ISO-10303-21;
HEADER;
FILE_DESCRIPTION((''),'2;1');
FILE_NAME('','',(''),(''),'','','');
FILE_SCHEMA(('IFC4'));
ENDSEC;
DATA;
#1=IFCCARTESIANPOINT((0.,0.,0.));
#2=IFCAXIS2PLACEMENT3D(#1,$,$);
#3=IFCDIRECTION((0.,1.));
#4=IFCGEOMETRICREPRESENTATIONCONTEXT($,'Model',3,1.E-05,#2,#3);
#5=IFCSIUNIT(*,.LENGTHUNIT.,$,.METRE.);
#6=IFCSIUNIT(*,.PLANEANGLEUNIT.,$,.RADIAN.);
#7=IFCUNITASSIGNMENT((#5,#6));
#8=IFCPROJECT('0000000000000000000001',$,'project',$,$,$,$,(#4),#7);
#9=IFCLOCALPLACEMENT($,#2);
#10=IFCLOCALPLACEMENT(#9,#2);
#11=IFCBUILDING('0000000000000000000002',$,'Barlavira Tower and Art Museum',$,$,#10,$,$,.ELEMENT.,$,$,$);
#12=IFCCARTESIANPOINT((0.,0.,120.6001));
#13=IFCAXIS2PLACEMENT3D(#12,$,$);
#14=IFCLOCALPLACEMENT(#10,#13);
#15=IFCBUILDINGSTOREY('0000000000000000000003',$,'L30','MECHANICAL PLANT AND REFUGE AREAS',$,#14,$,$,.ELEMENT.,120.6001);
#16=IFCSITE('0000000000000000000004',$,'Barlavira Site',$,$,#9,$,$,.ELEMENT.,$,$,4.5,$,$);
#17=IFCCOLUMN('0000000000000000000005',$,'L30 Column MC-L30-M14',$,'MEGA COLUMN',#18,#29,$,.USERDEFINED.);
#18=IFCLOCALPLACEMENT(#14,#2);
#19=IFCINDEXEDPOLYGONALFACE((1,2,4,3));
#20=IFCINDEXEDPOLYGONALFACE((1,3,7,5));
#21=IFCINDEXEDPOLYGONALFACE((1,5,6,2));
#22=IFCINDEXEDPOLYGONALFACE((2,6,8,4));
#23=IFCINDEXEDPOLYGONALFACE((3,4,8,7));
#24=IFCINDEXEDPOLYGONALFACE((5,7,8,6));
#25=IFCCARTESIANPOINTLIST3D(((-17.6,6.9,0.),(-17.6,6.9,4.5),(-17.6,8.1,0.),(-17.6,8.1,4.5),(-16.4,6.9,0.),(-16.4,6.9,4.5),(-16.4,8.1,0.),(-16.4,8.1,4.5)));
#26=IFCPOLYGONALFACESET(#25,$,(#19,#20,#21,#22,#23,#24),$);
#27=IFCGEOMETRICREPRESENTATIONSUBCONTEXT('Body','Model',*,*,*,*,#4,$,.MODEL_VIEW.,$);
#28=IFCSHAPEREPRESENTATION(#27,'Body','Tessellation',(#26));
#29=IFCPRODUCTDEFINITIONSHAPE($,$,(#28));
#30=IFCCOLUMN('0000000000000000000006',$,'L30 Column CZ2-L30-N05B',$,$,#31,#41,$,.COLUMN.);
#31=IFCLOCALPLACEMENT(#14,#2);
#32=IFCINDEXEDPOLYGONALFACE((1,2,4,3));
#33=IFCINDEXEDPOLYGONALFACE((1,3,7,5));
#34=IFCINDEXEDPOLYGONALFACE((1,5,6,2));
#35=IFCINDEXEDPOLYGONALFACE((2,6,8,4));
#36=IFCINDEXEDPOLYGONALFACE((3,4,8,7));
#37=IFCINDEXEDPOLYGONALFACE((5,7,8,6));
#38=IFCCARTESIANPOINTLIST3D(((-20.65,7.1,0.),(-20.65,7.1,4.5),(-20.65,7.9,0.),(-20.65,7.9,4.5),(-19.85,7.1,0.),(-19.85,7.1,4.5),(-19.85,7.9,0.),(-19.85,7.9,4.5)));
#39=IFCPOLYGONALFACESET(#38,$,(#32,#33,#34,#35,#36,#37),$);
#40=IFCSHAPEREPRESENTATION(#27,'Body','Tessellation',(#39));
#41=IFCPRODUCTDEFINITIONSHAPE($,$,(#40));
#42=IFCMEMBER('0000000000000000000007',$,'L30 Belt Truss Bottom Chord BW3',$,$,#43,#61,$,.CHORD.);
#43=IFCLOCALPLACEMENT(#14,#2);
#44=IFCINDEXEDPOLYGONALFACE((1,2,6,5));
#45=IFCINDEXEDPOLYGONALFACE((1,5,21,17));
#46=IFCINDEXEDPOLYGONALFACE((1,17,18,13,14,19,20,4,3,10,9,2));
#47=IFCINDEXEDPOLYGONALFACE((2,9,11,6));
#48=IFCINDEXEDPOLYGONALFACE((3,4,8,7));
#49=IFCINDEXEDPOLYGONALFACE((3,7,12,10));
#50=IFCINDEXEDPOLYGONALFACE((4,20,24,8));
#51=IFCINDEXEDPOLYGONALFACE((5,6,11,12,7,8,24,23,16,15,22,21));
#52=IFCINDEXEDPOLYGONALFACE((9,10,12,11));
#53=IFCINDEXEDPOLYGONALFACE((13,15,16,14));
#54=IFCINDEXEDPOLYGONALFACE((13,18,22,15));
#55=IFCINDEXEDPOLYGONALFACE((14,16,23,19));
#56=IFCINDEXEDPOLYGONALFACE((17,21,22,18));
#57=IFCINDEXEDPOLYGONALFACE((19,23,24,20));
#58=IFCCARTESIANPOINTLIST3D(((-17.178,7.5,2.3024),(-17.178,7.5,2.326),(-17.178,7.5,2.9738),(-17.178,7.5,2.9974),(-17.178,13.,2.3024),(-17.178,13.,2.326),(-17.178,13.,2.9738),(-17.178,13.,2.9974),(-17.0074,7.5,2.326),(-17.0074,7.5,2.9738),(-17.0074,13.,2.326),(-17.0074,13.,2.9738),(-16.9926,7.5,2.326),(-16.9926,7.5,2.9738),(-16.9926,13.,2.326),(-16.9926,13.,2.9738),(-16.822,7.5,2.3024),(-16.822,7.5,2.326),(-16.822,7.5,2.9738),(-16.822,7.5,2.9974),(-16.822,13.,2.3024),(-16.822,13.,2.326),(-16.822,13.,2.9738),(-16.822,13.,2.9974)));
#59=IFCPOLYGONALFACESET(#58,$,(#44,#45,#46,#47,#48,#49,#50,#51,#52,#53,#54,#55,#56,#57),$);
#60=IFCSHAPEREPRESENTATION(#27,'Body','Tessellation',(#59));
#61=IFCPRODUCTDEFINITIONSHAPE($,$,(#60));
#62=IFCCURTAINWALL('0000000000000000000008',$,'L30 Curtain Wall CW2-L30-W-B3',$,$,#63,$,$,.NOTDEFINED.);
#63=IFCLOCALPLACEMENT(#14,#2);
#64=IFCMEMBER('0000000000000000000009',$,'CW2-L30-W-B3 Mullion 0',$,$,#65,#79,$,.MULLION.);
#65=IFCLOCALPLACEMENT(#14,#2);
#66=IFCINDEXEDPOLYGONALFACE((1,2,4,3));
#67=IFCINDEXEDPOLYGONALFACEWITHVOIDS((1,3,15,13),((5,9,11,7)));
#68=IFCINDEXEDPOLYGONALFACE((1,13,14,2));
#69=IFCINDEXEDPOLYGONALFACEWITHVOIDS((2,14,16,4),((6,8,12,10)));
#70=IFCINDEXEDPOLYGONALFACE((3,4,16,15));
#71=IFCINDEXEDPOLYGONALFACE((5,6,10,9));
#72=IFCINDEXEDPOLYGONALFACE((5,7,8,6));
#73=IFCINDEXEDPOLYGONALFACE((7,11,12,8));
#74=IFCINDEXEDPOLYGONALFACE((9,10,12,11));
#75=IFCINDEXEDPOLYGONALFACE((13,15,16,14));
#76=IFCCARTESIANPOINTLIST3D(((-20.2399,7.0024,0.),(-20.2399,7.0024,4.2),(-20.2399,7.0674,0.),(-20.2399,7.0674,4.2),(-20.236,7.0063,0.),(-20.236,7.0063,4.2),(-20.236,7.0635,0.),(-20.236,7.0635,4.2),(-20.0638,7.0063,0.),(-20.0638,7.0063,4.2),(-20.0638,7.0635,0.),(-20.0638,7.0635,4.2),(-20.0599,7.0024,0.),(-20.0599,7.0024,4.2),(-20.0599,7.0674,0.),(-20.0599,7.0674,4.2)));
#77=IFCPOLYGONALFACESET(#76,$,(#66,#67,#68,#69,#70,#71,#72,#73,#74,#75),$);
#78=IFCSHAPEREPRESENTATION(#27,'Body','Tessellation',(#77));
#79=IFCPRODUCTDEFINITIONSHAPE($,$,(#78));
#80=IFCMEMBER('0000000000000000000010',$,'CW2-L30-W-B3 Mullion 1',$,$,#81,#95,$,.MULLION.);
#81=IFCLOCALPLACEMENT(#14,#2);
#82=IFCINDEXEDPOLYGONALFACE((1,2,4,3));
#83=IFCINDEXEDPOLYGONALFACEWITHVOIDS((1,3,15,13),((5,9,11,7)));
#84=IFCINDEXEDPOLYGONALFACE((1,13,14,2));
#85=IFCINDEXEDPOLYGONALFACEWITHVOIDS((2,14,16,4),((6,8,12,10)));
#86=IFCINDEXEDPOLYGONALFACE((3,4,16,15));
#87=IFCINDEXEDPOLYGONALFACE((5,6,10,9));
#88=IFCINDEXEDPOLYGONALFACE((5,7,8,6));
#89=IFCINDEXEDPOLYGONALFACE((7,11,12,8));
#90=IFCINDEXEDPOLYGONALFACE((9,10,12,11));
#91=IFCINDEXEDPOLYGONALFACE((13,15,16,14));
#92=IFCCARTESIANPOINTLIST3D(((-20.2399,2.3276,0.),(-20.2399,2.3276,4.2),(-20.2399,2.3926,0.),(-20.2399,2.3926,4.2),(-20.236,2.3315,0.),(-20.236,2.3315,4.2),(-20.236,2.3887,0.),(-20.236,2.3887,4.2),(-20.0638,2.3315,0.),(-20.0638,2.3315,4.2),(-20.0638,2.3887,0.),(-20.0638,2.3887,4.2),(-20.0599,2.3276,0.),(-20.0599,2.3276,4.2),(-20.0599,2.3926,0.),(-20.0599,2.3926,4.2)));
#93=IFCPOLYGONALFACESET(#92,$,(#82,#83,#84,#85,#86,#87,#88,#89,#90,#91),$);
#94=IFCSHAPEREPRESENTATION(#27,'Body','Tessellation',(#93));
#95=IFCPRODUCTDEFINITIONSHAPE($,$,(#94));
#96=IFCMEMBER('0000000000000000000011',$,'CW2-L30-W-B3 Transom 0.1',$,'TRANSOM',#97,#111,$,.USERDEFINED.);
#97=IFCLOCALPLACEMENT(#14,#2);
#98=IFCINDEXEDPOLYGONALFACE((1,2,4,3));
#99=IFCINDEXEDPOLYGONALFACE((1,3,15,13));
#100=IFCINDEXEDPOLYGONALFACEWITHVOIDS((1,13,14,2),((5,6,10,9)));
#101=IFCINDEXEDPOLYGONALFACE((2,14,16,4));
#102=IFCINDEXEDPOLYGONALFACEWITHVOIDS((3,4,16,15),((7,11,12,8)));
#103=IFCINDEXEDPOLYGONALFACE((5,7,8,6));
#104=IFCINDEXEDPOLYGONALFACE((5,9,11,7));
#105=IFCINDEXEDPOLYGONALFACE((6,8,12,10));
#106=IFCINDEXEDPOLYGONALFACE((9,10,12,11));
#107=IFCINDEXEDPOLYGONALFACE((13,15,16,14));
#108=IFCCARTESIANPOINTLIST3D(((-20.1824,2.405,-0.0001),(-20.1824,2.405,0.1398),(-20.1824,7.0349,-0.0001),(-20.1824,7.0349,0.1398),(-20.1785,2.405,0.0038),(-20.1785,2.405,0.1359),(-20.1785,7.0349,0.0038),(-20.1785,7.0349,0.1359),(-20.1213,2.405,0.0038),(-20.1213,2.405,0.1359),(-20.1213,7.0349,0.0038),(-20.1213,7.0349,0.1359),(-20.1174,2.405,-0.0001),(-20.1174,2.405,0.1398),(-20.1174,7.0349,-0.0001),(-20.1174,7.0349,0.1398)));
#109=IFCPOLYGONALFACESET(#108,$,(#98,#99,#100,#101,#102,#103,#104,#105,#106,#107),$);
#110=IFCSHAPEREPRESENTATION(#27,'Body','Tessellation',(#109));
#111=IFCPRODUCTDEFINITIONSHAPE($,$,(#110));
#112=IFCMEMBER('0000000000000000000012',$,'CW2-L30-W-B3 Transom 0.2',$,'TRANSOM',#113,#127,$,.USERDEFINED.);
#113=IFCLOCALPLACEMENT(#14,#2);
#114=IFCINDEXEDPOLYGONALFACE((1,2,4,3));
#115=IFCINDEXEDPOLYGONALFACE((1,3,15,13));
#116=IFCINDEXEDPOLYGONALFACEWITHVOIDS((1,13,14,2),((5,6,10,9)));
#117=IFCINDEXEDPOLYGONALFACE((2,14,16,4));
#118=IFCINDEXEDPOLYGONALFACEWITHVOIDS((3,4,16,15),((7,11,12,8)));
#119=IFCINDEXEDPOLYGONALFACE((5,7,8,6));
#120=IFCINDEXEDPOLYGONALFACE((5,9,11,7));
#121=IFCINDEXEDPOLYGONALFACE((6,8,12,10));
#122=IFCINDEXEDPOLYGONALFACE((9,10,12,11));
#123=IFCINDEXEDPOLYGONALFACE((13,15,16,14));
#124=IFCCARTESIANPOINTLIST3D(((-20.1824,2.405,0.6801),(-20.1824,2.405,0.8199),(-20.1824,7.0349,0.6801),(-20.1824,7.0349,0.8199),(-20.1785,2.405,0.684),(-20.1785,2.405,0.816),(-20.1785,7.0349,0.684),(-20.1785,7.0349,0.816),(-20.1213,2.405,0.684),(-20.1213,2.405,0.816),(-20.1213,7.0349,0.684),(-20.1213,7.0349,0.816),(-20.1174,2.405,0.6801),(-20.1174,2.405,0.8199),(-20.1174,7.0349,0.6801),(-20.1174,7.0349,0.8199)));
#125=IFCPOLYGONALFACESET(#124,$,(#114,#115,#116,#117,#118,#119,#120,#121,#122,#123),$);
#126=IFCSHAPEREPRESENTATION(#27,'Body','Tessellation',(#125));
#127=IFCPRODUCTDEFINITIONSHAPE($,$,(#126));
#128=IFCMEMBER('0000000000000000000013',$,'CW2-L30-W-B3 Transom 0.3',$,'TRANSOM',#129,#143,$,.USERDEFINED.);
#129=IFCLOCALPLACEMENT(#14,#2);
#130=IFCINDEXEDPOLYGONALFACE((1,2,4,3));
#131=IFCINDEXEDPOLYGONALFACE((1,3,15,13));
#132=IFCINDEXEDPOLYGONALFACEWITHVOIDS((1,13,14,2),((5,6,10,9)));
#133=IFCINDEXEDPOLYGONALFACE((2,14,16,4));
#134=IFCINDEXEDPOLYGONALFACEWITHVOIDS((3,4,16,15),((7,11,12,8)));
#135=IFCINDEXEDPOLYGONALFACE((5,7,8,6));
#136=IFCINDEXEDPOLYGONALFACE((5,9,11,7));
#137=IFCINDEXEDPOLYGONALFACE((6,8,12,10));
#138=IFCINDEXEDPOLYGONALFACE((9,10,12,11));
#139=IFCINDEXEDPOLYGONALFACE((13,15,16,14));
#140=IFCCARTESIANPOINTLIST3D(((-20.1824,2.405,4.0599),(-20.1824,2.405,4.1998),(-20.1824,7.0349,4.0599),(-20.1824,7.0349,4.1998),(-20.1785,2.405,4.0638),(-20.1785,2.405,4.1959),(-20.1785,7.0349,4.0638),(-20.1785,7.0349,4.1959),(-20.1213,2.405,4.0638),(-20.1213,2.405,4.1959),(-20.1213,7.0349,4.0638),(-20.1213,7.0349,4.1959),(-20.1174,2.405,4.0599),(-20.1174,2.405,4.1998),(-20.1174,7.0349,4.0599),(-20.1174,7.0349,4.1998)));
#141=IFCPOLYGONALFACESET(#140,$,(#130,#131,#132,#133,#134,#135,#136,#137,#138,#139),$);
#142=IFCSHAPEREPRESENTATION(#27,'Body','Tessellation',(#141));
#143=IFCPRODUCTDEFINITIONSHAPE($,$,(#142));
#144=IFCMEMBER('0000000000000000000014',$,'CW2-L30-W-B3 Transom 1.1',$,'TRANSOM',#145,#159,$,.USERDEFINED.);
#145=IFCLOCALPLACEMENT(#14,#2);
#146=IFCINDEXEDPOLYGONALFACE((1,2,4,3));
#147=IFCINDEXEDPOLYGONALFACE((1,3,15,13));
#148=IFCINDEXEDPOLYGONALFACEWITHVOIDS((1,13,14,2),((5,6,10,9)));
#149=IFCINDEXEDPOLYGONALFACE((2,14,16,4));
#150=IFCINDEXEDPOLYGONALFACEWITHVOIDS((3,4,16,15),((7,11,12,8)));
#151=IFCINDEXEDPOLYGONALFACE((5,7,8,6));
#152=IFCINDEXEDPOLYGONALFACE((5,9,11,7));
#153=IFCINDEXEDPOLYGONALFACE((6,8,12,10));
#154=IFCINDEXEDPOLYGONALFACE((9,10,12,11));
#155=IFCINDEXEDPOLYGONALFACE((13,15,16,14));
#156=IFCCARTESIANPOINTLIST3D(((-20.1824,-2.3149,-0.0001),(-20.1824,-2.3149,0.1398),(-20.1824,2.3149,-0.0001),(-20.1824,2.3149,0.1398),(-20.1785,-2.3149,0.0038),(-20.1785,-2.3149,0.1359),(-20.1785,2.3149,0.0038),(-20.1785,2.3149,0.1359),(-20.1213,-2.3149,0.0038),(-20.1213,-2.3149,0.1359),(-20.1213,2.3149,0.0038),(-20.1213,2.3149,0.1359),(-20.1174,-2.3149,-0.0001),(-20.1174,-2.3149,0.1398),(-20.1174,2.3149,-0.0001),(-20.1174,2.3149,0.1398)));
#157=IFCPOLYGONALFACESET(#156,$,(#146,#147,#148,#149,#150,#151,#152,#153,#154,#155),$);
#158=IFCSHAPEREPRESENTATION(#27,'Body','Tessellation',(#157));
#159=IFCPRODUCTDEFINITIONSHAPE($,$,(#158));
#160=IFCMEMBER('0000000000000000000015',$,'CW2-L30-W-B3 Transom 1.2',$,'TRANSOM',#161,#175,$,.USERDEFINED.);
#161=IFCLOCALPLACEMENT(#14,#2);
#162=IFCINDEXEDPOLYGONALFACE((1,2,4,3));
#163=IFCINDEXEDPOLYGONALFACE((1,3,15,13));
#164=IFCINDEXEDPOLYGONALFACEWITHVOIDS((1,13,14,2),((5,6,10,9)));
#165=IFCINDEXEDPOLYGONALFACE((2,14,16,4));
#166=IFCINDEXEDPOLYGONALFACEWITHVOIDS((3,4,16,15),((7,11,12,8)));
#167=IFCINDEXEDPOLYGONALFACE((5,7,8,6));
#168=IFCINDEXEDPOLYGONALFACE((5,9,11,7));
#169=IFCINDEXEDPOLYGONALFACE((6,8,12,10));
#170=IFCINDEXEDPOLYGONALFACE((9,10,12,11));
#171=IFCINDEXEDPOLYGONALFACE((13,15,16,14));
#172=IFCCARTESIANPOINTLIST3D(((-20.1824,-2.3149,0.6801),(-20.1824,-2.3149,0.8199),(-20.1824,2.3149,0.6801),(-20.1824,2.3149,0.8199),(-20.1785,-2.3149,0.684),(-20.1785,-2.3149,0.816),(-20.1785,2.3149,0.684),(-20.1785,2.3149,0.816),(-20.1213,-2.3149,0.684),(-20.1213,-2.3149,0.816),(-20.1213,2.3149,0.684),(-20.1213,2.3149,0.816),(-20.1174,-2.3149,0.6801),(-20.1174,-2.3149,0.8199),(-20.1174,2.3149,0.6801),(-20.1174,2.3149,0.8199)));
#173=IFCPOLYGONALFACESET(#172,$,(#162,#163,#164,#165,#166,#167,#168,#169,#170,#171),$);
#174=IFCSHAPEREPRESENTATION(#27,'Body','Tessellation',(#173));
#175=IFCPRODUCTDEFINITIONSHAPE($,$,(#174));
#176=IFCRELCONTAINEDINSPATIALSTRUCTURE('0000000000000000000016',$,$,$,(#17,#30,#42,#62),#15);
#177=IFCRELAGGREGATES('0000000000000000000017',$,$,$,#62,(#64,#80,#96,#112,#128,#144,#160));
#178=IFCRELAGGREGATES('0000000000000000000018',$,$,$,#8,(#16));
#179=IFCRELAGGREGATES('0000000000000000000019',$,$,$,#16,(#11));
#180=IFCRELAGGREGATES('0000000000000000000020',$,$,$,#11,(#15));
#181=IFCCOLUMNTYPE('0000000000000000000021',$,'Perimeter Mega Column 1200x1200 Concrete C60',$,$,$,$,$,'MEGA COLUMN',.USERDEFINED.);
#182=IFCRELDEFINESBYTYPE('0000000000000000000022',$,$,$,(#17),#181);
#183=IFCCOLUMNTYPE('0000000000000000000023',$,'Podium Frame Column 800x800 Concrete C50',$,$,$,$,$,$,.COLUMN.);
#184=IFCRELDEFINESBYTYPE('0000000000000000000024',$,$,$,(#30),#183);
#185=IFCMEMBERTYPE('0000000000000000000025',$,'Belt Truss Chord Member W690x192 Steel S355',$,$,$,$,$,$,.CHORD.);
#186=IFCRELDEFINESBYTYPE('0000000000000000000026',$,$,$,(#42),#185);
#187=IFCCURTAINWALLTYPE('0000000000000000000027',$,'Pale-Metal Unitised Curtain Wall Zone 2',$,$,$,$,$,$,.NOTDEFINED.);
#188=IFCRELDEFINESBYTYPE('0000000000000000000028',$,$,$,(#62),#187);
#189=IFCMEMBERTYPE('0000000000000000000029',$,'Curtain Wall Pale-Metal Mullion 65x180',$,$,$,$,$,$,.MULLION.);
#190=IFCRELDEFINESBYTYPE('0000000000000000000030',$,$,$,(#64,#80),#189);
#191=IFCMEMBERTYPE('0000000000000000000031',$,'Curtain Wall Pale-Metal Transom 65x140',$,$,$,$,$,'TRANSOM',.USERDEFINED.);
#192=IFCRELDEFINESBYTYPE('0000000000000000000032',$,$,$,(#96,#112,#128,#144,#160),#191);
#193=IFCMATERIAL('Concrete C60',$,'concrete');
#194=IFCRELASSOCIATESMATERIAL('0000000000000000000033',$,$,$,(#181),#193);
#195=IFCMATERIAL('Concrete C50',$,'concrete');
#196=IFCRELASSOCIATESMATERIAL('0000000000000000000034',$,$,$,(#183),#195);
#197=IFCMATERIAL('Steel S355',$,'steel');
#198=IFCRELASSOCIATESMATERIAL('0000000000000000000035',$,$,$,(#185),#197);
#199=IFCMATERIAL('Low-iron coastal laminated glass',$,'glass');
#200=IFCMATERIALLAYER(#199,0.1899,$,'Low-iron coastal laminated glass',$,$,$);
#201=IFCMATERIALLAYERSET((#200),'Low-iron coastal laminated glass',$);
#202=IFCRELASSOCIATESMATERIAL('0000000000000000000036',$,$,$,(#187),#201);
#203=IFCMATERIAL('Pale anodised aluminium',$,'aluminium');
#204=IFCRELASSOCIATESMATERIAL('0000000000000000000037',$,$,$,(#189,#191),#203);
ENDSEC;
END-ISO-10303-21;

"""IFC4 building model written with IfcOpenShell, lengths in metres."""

from ifc_helpers import new_model, si_unit, direction, frame, origin, origin_2d, place, context, subcontext, project, spatial, rectangle, hollow_rectangle, i_section, extrude, material, layer, layer_set, material_profile, profile_set, type_object, element, aggregate, save


model = new_model("IFC4")

# Units and contexts
model_context = context("Model", 3, precision=1e-05, world=origin(), true_north=direction((0.0, 1.0)))
body_context = subcontext(model_context, "Body", "Model", "MODEL_VIEW")
ifc_project = project(units=[si_unit("LENGTHUNIT", "METRE"), si_unit("PLANEANGLEUNIT", "RADIAN")], contexts=[model_context])

# Site, building, storey
site_placement = place(None, origin())
site = spatial("IfcSite", under=ifc_project, at=site_placement, Name="Barlavira Site", CompositionType="ELEMENT", RefElevation=4.5)
building_placement = place(site_placement, origin())
building = spatial("IfcBuilding", under=site, at=building_placement, Name="Barlavira Tower and Art Museum", CompositionType="ELEMENT")
storey_placement = place(building_placement, frame((0.0, 0.0, 120.6001)))
storey = spatial("IfcBuildingStorey", under=building, at=storey_placement, Name="L30", Description="MECHANICAL PLANT AND REFUGE AREAS", CompositionType="ELEMENT", Elevation=120.6001)

# Columns
ifc_material_1 = material(Name="Concrete C60", Category="concrete")
ifc_material_profile_1 = material_profile(ifc_material_1, rectangle(XDim=1.2, YDim=1.2, at=origin_2d()), Name="RC-COL 1200x1200")
ifc_profile_set_1 = profile_set([ifc_material_profile_1], Name="Concrete C60")
column_type_1 = type_object("IfcColumnType", Name="Perimeter Mega Column 1200x1200 Concrete C60", ElementType="MEGA COLUMN", PredefinedType="USERDEFINED", material=ifc_profile_set_1)
column_1_placement = place(storey_placement, frame((-17.0, 7.5, 0.0), z_axis=(0.0, 0.0, 1.0), x_axis=(1.0, 0.0, 0.0)))
element("IfcColumn", 1, at=column_1_placement, inside=storey, type_object=column_type_1, Name="L30 Column MC-L30-M14", ObjectType="MEGA COLUMN", PredefinedType="USERDEFINED", context=body_context, shape_type="SweptSolid", body=[
    extrude(rectangle(XDim=1.2, YDim=1.2, at=origin_2d()), origin(), (0.0, 0.0, 1.0), 4.5),
])
ifc_material_2 = material(Name="Concrete C50", Category="concrete")
ifc_material_profile_2 = material_profile(ifc_material_2, rectangle(XDim=0.8, YDim=0.8, at=origin_2d()), Name="RC-COL 800x800")
ifc_profile_set_2 = profile_set([ifc_material_profile_2], Name="Concrete C50")
column_type_2 = type_object("IfcColumnType", Name="Podium Frame Column 800x800 Concrete C50", PredefinedType="COLUMN", material=ifc_profile_set_2)
column_2_placement = place(storey_placement, frame((-20.25, 7.5, 0.0), z_axis=(0.0, 0.0, 1.0), x_axis=(1.0, 0.0, 0.0)))
element("IfcColumn", 2, at=column_2_placement, inside=storey, type_object=column_type_2, Name="L30 Column CZ2-L30-N05B", PredefinedType="COLUMN", context=body_context, shape_type="SweptSolid", body=[
    extrude(rectangle(XDim=0.8, YDim=0.8, at=origin_2d()), origin(), (0.0, 0.0, 1.0), 4.5),
])

# Member
ifc_material_3 = material(Name="Steel S355", Category="steel")
ifc_material_profile_3 = material_profile(ifc_material_3, i_section(OverallWidth=0.356, OverallDepth=0.6951, WebThickness=0.0149, FlangeThickness=0.0237, at=origin_2d()), Name="W690x192.0")
ifc_profile_set_3 = profile_set([ifc_material_profile_3], Name="Steel S355")
member_type_1 = type_object("IfcMemberType", Name="Belt Truss Chord Member W690x192 Steel S355", PredefinedType="CHORD", material=ifc_profile_set_3)
member_1_placement = place(storey_placement, frame((-17.0, 7.5, 2.6499), z_axis=(0.0, 1.0, 0.0), x_axis=(-1.0, 0.0, 0.0)))
element("IfcMember", 3, at=member_1_placement, inside=storey, type_object=member_type_1, Name="L30 Belt Truss Bottom Chord BW3", PredefinedType="CHORD", context=body_context, shape_type="SweptSolid", body=[
    extrude(i_section(OverallWidth=0.356, OverallDepth=0.6951, WebThickness=0.0149, FlangeThickness=0.0237, at=origin_2d()), origin(), (0.0, 0.0, 1.0), 5.5),
])

# Curtain wall, members
ifc_material_4 = material(Name="Low-iron coastal laminated glass", Category="glass")
ifc_layer_1 = layer(ifc_material_4, 0.1899, Name="Low-iron coastal laminated glass")
ifc_layer_set_1 = layer_set([ifc_layer_1], Name="Low-iron coastal laminated glass")
curtain_wall_type = type_object("IfcCurtainWallType", Name="Pale-Metal Unitised Curtain Wall Zone 2", PredefinedType="NOTDEFINED", material=ifc_layer_set_1)
curtain_wall_placement = place(storey_placement, origin())
curtain_wall = element("IfcCurtainWall", 4, at=curtain_wall_placement, inside=storey, type_object=curtain_wall_type, Name="L30 Curtain Wall CW2-L30-W-B3", PredefinedType="NOTDEFINED")
ifc_material_5 = material(Name="Pale anodised aluminium", Category="aluminium")
ifc_material_profile_4 = material_profile(ifc_material_5, hollow_rectangle(XDim=0.0649, YDim=0.1799, WallThickness=0.0039, at=origin_2d()), Name="ALU-MULL 65x180x4")
ifc_profile_set_4 = profile_set([ifc_material_profile_4], Name="Pale anodised aluminium")
member_type_2 = type_object("IfcMemberType", Name="Curtain Wall Pale-Metal Mullion 65x180", PredefinedType="MULLION", material=ifc_profile_set_4)
member_2_placement = place(storey_placement, frame((-20.1499, 7.0349, 0.0), z_axis=(0.0, 0.0, 1.0), x_axis=(0.0, -1.0, 0.0)))
member_2 = element("IfcMember", 5, at=member_2_placement, type_object=member_type_2, Name="CW2-L30-W-B3 Mullion 0", PredefinedType="MULLION", context=body_context, shape_type="SweptSolid", body=[
    extrude(hollow_rectangle(XDim=0.0649, YDim=0.1799, WallThickness=0.0039, at=origin_2d()), origin(), (0.0, 0.0, 1.0), 4.2),
])
member_3_placement = place(storey_placement, frame((-20.1499, 2.3601, 0.0), z_axis=(0.0, 0.0, 1.0), x_axis=(0.0, -1.0, 0.0)))
member_3 = element("IfcMember", 6, at=member_3_placement, type_object=member_type_2, Name="CW2-L30-W-B3 Mullion 1", PredefinedType="MULLION", context=body_context, shape_type="SweptSolid", body=[
    extrude(hollow_rectangle(XDim=0.0649, YDim=0.1799, WallThickness=0.0039, at=origin_2d()), origin(), (0.0, 0.0, 1.0), 4.2),
])
ifc_material_profile_5 = material_profile(ifc_material_5, hollow_rectangle(XDim=0.0649, YDim=0.1399, WallThickness=0.0039, at=origin_2d()), Name="ALU-TRAN 65x140x4")
ifc_profile_set_5 = profile_set([ifc_material_profile_5], Name="Pale anodised aluminium")
member_type_3 = type_object("IfcMemberType", Name="Curtain Wall Pale-Metal Transom 65x140", ElementType="TRANSOM", PredefinedType="USERDEFINED", material=ifc_profile_set_5)
member_4_placement = place(storey_placement, frame((-20.1499, 7.0349, 0.0698), z_axis=(0.0, -1.0, 0.0), x_axis=(1.0, 0.0, 0.0)))
member_4 = element("IfcMember", 7, at=member_4_placement, type_object=member_type_3, Name="CW2-L30-W-B3 Transom 0.1", ObjectType="TRANSOM", PredefinedType="USERDEFINED", context=body_context, shape_type="SweptSolid", body=[
    extrude(hollow_rectangle(XDim=0.0649, YDim=0.1399, WallThickness=0.0039, at=origin_2d()), origin(), (0.0, 0.0, 1.0), 4.6299),
])
member_5_placement = place(storey_placement, frame((-20.1499, 7.0349, 0.75), z_axis=(0.0, -1.0, 0.0), x_axis=(1.0, 0.0, 0.0)))
member_5 = element("IfcMember", 8, at=member_5_placement, type_object=member_type_3, Name="CW2-L30-W-B3 Transom 0.2", ObjectType="TRANSOM", PredefinedType="USERDEFINED", context=body_context, shape_type="SweptSolid", body=[
    extrude(hollow_rectangle(XDim=0.0649, YDim=0.1399, WallThickness=0.0039, at=origin_2d()), origin(), (0.0, 0.0, 1.0), 4.6299),
])
member_6_placement = place(storey_placement, frame((-20.1499, 7.0349, 4.1299), z_axis=(0.0, -1.0, 0.0), x_axis=(1.0, 0.0, 0.0)))
member_6 = element("IfcMember", 9, at=member_6_placement, type_object=member_type_3, Name="CW2-L30-W-B3 Transom 0.3", ObjectType="TRANSOM", PredefinedType="USERDEFINED", context=body_context, shape_type="SweptSolid", body=[
    extrude(hollow_rectangle(XDim=0.0649, YDim=0.1399, WallThickness=0.0039, at=origin_2d()), origin(), (0.0, 0.0, 1.0), 4.6299),
])
member_7_placement = place(storey_placement, frame((-20.1499, 2.3149, 0.0698), z_axis=(0.0, -1.0, 0.0), x_axis=(1.0, 0.0, 0.0)))
member_7 = element("IfcMember", 10, at=member_7_placement, type_object=member_type_3, Name="CW2-L30-W-B3 Transom 1.1", ObjectType="TRANSOM", PredefinedType="USERDEFINED", context=body_context, shape_type="SweptSolid", body=[
    extrude(hollow_rectangle(XDim=0.0649, YDim=0.1399, WallThickness=0.0039, at=origin_2d()), origin(), (0.0, 0.0, 1.0), 4.6299),
])
member_8_placement = place(storey_placement, frame((-20.1499, 2.3149, 0.75), z_axis=(0.0, -1.0, 0.0), x_axis=(1.0, 0.0, 0.0)))
member_8 = element("IfcMember", 11, at=member_8_placement, type_object=member_type_3, Name="CW2-L30-W-B3 Transom 1.2", ObjectType="TRANSOM", PredefinedType="USERDEFINED", context=body_context, shape_type="SweptSolid", body=[
    extrude(hollow_rectangle(XDim=0.0649, YDim=0.1399, WallThickness=0.0039, at=origin_2d()), origin(), (0.0, 0.0, 1.0), 4.6299),
])

aggregate(curtain_wall, [member_2, member_3, member_4, member_5, member_6, member_7, member_8])

save(model, "model.ifc")
